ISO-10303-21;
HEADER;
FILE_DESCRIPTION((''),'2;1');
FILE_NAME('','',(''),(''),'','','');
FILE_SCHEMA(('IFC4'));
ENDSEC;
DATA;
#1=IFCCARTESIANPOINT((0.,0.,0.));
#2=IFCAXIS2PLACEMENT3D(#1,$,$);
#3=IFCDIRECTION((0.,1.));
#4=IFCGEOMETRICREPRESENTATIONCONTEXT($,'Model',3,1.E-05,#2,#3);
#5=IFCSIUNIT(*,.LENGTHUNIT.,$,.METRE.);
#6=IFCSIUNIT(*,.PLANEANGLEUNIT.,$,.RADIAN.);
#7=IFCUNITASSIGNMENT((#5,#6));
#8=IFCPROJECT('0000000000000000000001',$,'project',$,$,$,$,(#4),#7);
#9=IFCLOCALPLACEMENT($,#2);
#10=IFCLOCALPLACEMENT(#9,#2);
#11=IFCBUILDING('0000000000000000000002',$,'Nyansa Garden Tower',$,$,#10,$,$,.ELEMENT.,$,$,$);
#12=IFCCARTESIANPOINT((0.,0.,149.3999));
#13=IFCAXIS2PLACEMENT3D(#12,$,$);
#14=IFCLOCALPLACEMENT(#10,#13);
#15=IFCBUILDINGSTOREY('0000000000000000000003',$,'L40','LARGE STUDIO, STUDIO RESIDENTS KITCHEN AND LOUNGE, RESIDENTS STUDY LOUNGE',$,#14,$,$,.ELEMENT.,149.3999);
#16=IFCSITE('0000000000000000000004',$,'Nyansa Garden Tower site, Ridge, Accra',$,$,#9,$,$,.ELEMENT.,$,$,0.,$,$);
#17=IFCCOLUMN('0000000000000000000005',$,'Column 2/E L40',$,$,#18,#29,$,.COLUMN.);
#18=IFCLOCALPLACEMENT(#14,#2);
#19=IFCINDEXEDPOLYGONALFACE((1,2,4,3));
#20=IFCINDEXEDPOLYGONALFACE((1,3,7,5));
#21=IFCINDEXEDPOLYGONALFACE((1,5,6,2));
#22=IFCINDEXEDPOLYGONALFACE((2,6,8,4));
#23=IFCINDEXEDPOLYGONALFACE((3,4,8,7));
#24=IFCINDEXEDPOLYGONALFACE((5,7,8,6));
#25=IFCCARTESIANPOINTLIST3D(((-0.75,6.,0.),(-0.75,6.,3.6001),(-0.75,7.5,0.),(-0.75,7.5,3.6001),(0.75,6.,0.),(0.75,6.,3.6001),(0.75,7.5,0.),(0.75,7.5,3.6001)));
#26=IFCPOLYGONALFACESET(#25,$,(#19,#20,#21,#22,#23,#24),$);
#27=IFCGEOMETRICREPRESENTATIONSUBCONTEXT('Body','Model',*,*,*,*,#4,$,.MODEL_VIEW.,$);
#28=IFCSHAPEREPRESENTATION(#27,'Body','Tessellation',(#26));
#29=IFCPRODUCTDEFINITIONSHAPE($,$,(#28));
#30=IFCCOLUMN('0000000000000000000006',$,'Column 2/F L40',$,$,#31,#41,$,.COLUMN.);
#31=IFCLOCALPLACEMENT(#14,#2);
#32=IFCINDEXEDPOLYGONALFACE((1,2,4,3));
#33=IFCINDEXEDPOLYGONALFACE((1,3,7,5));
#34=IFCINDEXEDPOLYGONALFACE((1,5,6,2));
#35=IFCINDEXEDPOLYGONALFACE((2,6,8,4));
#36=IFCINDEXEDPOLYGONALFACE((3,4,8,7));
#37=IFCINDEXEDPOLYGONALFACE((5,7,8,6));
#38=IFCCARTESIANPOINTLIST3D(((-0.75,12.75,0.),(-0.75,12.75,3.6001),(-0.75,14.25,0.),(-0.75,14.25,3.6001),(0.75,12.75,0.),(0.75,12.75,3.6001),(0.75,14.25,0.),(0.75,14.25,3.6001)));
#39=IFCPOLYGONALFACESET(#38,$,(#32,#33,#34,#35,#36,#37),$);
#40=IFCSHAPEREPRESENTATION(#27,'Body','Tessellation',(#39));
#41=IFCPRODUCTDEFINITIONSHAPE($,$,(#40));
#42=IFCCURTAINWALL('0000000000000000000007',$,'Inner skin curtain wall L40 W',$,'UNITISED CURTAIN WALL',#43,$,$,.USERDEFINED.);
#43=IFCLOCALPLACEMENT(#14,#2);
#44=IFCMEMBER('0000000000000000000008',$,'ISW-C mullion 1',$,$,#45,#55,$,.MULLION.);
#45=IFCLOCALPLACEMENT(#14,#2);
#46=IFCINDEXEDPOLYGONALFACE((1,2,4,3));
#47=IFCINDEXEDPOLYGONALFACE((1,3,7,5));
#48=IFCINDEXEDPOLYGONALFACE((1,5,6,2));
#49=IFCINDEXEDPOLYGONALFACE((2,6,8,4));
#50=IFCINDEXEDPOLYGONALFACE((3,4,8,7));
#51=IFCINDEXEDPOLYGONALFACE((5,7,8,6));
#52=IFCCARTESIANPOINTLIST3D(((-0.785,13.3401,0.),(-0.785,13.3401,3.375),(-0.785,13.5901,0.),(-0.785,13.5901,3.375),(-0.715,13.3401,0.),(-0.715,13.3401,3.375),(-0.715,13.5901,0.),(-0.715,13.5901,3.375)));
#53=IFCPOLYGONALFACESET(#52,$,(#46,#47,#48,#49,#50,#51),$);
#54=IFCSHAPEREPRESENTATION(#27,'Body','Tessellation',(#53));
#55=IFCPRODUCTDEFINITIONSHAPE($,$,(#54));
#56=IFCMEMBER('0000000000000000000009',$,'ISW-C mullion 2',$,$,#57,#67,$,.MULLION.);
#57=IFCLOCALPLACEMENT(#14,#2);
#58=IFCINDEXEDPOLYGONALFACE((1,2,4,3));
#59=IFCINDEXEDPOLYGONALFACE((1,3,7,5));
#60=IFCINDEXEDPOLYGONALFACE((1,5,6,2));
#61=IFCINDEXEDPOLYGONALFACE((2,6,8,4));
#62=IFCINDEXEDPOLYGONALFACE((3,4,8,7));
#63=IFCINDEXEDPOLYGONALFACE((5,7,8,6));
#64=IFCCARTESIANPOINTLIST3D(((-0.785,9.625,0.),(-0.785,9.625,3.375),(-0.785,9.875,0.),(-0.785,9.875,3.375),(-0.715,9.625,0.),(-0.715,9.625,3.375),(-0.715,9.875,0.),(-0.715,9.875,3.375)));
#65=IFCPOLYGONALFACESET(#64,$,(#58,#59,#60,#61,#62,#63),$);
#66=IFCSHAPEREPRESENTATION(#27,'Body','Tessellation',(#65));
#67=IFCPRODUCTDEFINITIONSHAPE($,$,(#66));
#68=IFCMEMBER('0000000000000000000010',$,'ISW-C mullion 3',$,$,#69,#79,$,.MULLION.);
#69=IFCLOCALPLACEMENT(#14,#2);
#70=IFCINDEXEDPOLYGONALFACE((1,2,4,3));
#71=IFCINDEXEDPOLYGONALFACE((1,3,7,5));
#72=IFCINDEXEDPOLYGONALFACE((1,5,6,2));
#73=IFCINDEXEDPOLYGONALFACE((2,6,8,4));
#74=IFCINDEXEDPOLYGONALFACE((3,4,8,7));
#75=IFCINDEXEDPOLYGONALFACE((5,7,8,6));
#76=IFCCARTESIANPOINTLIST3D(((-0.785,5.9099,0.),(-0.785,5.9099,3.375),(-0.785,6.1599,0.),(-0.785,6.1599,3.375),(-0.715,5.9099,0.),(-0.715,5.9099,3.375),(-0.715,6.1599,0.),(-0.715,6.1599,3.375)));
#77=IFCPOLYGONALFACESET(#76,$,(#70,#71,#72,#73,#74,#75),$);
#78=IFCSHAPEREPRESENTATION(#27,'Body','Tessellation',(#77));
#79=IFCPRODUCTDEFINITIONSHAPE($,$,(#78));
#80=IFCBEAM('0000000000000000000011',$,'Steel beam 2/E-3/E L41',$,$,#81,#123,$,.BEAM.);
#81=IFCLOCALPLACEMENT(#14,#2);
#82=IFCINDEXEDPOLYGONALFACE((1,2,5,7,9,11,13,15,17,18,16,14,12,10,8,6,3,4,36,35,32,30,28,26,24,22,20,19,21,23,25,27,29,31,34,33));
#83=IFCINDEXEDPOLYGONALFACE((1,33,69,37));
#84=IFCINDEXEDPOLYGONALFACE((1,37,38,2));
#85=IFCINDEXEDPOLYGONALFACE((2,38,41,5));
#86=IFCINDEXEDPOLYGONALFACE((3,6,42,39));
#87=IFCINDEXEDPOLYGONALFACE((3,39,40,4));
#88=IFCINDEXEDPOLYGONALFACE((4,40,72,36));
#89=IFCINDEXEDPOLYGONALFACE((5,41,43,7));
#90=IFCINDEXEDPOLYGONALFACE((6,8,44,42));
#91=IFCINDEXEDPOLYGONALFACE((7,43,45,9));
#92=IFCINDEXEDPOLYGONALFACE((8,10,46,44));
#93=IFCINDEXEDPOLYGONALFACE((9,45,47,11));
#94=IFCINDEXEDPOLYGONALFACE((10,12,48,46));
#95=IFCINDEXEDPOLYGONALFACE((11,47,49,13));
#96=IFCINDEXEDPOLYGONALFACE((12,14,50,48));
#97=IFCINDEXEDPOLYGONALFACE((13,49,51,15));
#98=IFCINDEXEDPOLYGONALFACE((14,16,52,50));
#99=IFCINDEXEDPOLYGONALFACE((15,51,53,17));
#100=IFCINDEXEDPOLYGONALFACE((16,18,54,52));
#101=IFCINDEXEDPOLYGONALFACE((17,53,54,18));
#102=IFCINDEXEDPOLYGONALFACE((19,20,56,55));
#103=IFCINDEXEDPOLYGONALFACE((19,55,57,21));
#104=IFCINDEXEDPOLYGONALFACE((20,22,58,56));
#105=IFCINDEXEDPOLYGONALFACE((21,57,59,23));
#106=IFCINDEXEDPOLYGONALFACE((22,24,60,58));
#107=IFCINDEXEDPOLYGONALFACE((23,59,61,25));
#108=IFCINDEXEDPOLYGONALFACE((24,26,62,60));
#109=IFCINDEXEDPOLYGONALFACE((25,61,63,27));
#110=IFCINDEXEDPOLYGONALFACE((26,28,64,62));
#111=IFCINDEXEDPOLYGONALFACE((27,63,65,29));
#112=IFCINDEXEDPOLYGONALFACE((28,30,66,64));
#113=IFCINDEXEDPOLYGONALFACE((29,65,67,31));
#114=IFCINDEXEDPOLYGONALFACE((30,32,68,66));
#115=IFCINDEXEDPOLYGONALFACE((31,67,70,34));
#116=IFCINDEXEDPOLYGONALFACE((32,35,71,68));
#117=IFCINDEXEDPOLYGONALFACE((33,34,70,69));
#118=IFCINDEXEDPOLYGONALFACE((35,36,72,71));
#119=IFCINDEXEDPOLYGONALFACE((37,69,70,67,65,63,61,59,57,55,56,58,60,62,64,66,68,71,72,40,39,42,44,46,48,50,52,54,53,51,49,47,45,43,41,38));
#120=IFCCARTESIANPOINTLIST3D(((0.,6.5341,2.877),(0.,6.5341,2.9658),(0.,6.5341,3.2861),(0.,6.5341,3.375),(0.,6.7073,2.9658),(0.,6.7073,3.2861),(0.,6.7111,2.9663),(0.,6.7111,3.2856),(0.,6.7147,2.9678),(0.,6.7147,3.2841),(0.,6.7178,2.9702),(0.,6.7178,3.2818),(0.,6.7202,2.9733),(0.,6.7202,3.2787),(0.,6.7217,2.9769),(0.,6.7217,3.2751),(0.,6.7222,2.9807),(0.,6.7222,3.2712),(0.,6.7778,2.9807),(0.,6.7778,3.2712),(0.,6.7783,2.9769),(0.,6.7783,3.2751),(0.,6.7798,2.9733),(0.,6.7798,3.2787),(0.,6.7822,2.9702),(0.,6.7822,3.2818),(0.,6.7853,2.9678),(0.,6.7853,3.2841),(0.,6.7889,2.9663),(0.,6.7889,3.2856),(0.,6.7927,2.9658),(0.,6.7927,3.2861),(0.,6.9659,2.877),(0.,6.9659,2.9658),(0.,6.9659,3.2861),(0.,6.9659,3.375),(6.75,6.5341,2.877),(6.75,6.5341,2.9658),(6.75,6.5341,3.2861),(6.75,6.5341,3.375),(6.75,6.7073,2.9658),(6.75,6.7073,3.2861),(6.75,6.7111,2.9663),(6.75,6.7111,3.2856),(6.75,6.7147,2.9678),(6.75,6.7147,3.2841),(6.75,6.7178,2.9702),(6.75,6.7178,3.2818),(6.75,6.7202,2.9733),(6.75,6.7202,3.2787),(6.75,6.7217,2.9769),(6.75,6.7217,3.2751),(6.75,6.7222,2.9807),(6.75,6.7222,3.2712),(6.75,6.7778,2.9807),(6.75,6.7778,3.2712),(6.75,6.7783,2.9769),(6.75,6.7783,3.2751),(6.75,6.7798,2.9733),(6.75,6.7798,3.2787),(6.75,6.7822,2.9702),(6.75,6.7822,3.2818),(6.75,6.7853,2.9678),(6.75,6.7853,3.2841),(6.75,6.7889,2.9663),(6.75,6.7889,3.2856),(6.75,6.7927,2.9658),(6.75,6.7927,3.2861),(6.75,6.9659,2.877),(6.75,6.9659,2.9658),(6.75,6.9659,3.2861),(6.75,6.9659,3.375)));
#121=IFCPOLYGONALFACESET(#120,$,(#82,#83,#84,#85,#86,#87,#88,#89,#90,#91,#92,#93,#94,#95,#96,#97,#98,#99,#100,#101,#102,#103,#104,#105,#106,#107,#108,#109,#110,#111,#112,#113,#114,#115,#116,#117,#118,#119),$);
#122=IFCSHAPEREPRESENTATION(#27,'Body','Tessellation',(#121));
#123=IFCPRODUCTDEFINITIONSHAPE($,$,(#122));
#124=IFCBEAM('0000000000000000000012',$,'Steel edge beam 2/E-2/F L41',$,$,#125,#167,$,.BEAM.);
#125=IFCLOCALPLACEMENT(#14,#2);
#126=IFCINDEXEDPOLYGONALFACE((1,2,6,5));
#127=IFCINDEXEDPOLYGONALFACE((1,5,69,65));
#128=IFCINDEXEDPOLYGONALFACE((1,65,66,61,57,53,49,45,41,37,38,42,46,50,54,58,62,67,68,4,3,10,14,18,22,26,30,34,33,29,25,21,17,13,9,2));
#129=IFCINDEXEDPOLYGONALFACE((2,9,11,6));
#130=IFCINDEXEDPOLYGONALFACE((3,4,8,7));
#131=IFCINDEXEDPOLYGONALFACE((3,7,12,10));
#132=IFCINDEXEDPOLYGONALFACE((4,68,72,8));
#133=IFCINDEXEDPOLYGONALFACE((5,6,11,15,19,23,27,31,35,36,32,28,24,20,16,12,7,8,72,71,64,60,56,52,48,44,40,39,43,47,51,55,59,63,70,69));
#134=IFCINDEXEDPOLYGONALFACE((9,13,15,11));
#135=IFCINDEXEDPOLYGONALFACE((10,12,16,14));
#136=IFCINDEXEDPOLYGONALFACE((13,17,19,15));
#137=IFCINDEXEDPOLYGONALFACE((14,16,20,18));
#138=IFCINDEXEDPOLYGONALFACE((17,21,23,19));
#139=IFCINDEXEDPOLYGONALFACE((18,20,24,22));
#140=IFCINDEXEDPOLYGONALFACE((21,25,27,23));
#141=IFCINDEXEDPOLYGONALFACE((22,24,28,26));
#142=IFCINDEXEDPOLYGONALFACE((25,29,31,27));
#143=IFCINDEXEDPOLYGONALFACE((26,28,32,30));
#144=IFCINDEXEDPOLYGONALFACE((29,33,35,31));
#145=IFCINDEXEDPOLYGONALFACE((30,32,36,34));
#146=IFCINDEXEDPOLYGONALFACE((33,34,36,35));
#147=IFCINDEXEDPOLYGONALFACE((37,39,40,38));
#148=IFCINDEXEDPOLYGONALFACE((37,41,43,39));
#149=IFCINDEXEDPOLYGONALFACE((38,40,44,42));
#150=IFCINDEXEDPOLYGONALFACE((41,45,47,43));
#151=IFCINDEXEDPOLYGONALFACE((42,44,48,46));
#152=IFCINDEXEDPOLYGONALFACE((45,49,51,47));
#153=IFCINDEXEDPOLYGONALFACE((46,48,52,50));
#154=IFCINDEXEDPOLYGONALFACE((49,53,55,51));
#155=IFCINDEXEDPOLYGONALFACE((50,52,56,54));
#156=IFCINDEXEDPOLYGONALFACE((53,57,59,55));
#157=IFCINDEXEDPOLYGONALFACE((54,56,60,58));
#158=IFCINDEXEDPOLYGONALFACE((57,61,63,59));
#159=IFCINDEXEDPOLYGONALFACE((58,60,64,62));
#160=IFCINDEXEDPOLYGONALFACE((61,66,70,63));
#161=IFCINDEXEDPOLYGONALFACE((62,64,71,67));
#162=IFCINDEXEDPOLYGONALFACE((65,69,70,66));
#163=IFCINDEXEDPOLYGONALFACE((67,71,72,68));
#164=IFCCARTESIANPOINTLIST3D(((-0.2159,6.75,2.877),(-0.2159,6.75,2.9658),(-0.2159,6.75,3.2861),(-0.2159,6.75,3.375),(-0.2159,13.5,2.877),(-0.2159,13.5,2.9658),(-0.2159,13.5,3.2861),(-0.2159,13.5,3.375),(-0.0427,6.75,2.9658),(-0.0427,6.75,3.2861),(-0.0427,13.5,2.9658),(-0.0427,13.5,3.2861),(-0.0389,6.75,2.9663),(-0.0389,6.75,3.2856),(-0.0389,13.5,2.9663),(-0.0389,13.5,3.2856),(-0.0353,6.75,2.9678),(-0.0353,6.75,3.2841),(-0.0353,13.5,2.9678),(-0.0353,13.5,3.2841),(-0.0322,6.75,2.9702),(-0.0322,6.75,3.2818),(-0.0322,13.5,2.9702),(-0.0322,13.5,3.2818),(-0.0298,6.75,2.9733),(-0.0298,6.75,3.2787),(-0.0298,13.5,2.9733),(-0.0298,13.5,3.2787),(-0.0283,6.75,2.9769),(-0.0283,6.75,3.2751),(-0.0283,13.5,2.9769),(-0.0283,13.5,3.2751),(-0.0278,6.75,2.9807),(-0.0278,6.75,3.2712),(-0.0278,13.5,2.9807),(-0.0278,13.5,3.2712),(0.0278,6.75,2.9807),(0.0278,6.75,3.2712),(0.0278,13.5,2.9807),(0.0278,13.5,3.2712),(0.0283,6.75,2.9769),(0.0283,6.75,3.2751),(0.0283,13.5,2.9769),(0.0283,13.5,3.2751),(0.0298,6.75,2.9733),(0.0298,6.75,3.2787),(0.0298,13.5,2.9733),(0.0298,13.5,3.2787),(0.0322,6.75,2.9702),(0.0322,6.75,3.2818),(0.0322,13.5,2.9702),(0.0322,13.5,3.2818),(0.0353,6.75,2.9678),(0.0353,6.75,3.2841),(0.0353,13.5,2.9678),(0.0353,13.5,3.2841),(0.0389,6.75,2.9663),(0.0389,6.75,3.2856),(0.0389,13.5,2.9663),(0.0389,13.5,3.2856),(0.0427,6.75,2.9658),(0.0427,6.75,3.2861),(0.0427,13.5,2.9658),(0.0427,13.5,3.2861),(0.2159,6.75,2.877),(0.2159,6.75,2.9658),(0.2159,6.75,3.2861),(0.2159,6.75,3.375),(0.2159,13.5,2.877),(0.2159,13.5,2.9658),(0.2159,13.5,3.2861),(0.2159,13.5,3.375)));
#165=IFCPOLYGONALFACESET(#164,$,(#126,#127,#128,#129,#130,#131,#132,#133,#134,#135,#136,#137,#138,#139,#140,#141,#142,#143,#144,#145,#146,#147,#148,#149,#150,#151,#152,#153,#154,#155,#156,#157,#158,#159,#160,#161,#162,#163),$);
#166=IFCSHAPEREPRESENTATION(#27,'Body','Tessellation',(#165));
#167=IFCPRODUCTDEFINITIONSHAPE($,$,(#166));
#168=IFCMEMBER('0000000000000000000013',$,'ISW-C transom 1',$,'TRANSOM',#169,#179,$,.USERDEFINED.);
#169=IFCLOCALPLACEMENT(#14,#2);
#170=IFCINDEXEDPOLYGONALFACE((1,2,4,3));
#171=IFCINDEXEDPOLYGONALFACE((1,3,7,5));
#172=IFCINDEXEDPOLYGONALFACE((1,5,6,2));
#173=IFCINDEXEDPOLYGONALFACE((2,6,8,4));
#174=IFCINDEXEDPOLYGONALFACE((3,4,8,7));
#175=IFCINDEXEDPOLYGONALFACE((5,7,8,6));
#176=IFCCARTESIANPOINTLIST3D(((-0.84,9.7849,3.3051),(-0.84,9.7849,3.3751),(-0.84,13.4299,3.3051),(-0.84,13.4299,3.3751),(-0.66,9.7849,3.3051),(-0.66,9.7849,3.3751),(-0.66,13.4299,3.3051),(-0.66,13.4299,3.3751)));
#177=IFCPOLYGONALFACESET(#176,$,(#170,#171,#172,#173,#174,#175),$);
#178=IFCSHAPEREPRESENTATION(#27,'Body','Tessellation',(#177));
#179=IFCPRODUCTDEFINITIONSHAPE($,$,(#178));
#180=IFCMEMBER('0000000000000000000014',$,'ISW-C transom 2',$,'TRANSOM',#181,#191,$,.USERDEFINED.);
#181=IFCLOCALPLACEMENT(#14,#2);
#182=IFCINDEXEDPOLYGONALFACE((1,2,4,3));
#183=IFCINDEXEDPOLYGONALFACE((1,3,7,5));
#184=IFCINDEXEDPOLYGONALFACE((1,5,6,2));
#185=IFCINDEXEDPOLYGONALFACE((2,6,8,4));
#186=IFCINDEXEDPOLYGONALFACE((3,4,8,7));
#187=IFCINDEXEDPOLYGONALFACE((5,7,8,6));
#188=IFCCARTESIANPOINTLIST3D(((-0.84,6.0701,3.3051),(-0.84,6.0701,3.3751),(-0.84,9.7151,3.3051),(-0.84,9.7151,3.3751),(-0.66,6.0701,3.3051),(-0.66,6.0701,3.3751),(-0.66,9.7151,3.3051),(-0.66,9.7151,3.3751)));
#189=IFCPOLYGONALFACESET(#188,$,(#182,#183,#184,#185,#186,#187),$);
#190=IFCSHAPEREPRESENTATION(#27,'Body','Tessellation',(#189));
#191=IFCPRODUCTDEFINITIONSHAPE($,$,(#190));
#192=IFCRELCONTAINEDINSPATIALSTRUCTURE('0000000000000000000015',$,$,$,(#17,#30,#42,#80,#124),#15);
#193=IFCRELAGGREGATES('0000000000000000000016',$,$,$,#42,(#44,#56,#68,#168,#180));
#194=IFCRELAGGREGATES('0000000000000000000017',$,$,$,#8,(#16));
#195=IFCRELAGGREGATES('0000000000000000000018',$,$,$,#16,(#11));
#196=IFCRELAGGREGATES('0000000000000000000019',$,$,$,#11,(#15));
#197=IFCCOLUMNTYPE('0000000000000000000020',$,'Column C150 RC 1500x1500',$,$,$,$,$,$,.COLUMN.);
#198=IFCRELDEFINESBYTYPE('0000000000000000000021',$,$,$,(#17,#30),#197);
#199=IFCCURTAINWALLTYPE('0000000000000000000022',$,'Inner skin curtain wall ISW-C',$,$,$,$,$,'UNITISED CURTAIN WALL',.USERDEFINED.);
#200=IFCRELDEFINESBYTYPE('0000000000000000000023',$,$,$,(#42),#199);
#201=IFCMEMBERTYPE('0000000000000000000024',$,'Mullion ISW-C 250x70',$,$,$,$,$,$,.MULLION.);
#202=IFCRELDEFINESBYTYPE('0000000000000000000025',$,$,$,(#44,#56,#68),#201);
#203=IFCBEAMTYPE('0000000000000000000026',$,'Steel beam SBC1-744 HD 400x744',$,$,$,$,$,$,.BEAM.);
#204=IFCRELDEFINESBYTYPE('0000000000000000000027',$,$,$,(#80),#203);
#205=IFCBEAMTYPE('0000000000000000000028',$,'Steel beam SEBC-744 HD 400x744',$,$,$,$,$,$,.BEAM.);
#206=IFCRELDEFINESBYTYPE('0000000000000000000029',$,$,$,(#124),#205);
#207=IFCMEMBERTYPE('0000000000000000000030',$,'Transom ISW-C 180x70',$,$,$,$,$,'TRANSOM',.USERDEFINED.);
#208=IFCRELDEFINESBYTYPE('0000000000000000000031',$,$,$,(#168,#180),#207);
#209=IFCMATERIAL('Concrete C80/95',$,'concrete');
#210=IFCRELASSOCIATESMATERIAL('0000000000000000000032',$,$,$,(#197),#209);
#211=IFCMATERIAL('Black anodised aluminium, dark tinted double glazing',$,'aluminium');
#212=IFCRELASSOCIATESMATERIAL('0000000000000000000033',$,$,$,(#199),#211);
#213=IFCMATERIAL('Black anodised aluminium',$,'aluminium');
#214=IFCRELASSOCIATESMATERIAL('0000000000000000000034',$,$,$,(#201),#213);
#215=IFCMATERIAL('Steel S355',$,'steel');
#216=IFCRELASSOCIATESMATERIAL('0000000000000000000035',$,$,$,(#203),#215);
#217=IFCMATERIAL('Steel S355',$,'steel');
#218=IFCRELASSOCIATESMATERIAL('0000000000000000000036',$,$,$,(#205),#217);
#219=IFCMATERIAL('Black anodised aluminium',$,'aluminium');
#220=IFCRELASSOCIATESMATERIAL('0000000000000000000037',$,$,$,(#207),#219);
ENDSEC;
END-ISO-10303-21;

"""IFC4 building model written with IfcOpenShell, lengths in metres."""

from ifc_helpers import new_model, si_unit, direction, frame, origin, origin_2d, place, context, subcontext, project, spatial, rectangle, i_section, extrude, material, material_profile, profile_set, type_object, element, aggregate, save


model = new_model("IFC4")

# Units and contexts
model_context = context("Model", 3, precision=1e-05, world=origin(), true_north=direction((0.0, 1.0)))
body_context = subcontext(model_context, "Body", "Model", "MODEL_VIEW")
ifc_project = project(units=[si_unit("LENGTHUNIT", "METRE"), si_unit("PLANEANGLEUNIT", "RADIAN")], contexts=[model_context])

# Site, building, storey
site_placement = place(None, origin())
site = spatial("IfcSite", under=ifc_project, at=site_placement, Name="Nyansa Garden Tower site, Ridge, Accra", CompositionType="ELEMENT", RefElevation=0.0)
building_placement = place(site_placement, origin())
building = spatial("IfcBuilding", under=site, at=building_placement, Name="Nyansa Garden Tower", CompositionType="ELEMENT")
storey_placement = place(building_placement, frame((0.0, 0.0, 149.3999)))
storey = spatial("IfcBuildingStorey", under=building, at=storey_placement, Name="L40", Description="LARGE STUDIO, STUDIO RESIDENTS KITCHEN AND LOUNGE, RESIDENTS STUDY LOUNGE", CompositionType="ELEMENT", Elevation=149.3999)

# Columns
ifc_material_1 = material(Name="Concrete C80/95", Category="concrete")
ifc_material_profile_1 = material_profile(ifc_material_1, rectangle(XDim=1.5, YDim=1.5, at=origin_2d()), Name="RC 1500x1500")
ifc_profile_set_1 = profile_set([ifc_material_profile_1], Name="Concrete C80/95")
column_type = type_object("IfcColumnType", Name="Column C150 RC 1500x1500", PredefinedType="COLUMN", material=ifc_profile_set_1)
for number, where, z_axis, x_axis, name in (
    (1, (0.0, 6.75, 0.0), (0.0, 0.0, 1.0), (1.0, 0.0, 0.0), "Column 2/E L40"),
    (2, (0.0, 13.5, 0.0), (0.0, 0.0, 1.0), (1.0, 0.0, 0.0), "Column 2/F L40"),
):
    element("IfcColumn", number, at=place(storey_placement, frame(where, z_axis=z_axis, x_axis=x_axis)), inside=storey, type_object=column_type, Name=name, PredefinedType="COLUMN", context=body_context, shape_type="SweptSolid", body=[
        extrude(rectangle(XDim=1.5, YDim=1.5, at=origin_2d()), origin(), (0.0, 0.0, 1.0), 3.6001),
    ])

# Curtain wall, members
ifc_material_2 = material(Name="Black anodised aluminium, dark tinted double glazing", Category="aluminium")
curtain_wall_type = type_object("IfcCurtainWallType", Name="Inner skin curtain wall ISW-C", ElementType="UNITISED CURTAIN WALL", PredefinedType="USERDEFINED", material=ifc_material_2)
curtain_wall_placement = place(storey_placement, origin())
curtain_wall = element("IfcCurtainWall", 3, at=curtain_wall_placement, inside=storey, type_object=curtain_wall_type, Name="Inner skin curtain wall L40 W", ObjectType="UNITISED CURTAIN WALL", PredefinedType="USERDEFINED")
ifc_material_3 = material(Name="Black anodised aluminium", Category="aluminium")
ifc_material_profile_2 = material_profile(ifc_material_3, rectangle(XDim=0.0701, YDim=0.25, at=origin_2d()), Name="Mullion 250x70")
ifc_profile_set_2 = profile_set([ifc_material_profile_2], Name="Black anodised aluminium")
member_type_1 = type_object("IfcMemberType", Name="Mullion ISW-C 250x70", PredefinedType="MULLION", material=ifc_profile_set_2)
member_1_placement = place(storey_placement, frame((-0.75, 13.4651, 0.0), z_axis=(0.0, 0.0, 1.0), x_axis=(1.0, 0.0, 0.0)))
member_1 = element("IfcMember", 4, at=member_1_placement, type_object=member_type_1, Name="ISW-C mullion 1", PredefinedType="MULLION", context=body_context, shape_type="SweptSolid", body=[
    extrude(rectangle(XDim=0.0701, YDim=0.25, at=origin_2d()), origin(), (0.0, 0.0, 1.0), 3.375),
])
member_2_placement = place(storey_placement, frame((-0.75, 9.75, 0.0), z_axis=(0.0, 0.0, 1.0), x_axis=(1.0, 0.0, 0.0)))
member_2 = element("IfcMember", 5, at=member_2_placement, type_object=member_type_1, Name="ISW-C mullion 2", PredefinedType="MULLION", context=body_context, shape_type="SweptSolid", body=[
    extrude(rectangle(XDim=0.0701, YDim=0.25, at=origin_2d()), origin(), (0.0, 0.0, 1.0), 3.375),
])
member_3_placement = place(storey_placement, frame((-0.75, 6.0349, 0.0), z_axis=(0.0, 0.0, 1.0), x_axis=(1.0, 0.0, 0.0)))
member_3 = element("IfcMember", 6, at=member_3_placement, type_object=member_type_1, Name="ISW-C mullion 3", PredefinedType="MULLION", context=body_context, shape_type="SweptSolid", body=[
    extrude(rectangle(XDim=0.0701, YDim=0.25, at=origin_2d()), origin(), (0.0, 0.0, 1.0), 3.375),
])

# Beams
ifc_material_4 = material(Name="Steel S355", Category="steel")
ifc_material_profile_3 = material_profile(ifc_material_4, i_section(OverallWidth=0.4319, OverallDepth=0.498, WebThickness=0.0557, FlangeThickness=0.0889, FilletRadius=0.0149, at=origin_2d()), Name="HD 400x744")
ifc_profile_set_3 = profile_set([ifc_material_profile_3], Name="Steel S355")
beam_type_1 = type_object("IfcBeamType", Name="Steel beam SBC1-744 HD 400x744", PredefinedType="BEAM", material=ifc_profile_set_3)
beam_1_placement = place(storey_placement, frame((0.0, 6.75, 3.126), z_axis=(1.0, 0.0, 0.0), x_axis=(0.0, 1.0, 0.0)))
element("IfcBeam", 7, at=beam_1_placement, inside=storey, type_object=beam_type_1, Name="Steel beam 2/E-3/E L41", PredefinedType="BEAM", context=body_context, shape_type="SweptSolid", body=[
    extrude(i_section(OverallWidth=0.4319, OverallDepth=0.498, WebThickness=0.0557, FlangeThickness=0.0889, FilletRadius=0.0149, at=origin_2d()), origin(), (0.0, 0.0, 1.0), 6.75),
])
ifc_material_5 = material(Name="Steel S355", Category="steel")
ifc_material_profile_4 = material_profile(ifc_material_5, i_section(OverallWidth=0.4319, OverallDepth=0.498, WebThickness=0.0557, FlangeThickness=0.0889, FilletRadius=0.0149, at=origin_2d()), Name="HD 400x744")
ifc_profile_set_4 = profile_set([ifc_material_profile_4], Name="Steel S355")
beam_type_2 = type_object("IfcBeamType", Name="Steel beam SEBC-744 HD 400x744", PredefinedType="BEAM", material=ifc_profile_set_4)
beam_2_placement = place(storey_placement, frame((0.0, 6.75, 3.126), z_axis=(0.0, 1.0, 0.0), x_axis=(-1.0, 0.0, 0.0)))
element("IfcBeam", 8, at=beam_2_placement, inside=storey, type_object=beam_type_2, Name="Steel edge beam 2/E-2/F L41", PredefinedType="BEAM", context=body_context, shape_type="SweptSolid", body=[
    extrude(i_section(OverallWidth=0.4319, OverallDepth=0.498, WebThickness=0.0557, FlangeThickness=0.0889, FilletRadius=0.0149, at=origin_2d()), origin(), (0.0, 0.0, 1.0), 6.75),
])

# Members
ifc_material_6 = material(Name="Black anodised aluminium", Category="aluminium")
ifc_material_profile_5 = material_profile(ifc_material_6, rectangle(XDim=0.1799, YDim=0.0701, at=origin_2d()), Name="Transom 180x70")
ifc_profile_set_5 = profile_set([ifc_material_profile_5], Name="Black anodised aluminium")
member_type_2 = type_object("IfcMemberType", Name="Transom ISW-C 180x70", ElementType="TRANSOM", PredefinedType="USERDEFINED", material=ifc_profile_set_5)
member_4_placement = place(storey_placement, frame((-0.75, 13.4299, 3.3401), z_axis=(0.0, -1.0, 0.0), x_axis=(1.0, 0.0, 0.0)))
member_4 = element("IfcMember", 9, at=member_4_placement, type_object=member_type_2, Name="ISW-C transom 1", ObjectType="TRANSOM", PredefinedType="USERDEFINED", context=body_context, shape_type="SweptSolid", body=[
    extrude(rectangle(XDim=0.1799, YDim=0.0701, at=origin_2d()), origin(), (0.0, 0.0, 1.0), 3.645),
])
member_5_placement = place(storey_placement, frame((-0.75, 9.7151, 3.3401), z_axis=(0.0, -1.0, 0.0), x_axis=(1.0, 0.0, 0.0)))
member_5 = element("IfcMember", 10, at=member_5_placement, type_object=member_type_2, Name="ISW-C transom 2", ObjectType="TRANSOM", PredefinedType="USERDEFINED", context=body_context, shape_type="SweptSolid", body=[
    extrude(rectangle(XDim=0.1799, YDim=0.0701, at=origin_2d()), origin(), (0.0, 0.0, 1.0), 3.645),
])

aggregate(curtain_wall, [member_1, member_2, member_3, member_4, member_5])

save(model, "model.ifc")
